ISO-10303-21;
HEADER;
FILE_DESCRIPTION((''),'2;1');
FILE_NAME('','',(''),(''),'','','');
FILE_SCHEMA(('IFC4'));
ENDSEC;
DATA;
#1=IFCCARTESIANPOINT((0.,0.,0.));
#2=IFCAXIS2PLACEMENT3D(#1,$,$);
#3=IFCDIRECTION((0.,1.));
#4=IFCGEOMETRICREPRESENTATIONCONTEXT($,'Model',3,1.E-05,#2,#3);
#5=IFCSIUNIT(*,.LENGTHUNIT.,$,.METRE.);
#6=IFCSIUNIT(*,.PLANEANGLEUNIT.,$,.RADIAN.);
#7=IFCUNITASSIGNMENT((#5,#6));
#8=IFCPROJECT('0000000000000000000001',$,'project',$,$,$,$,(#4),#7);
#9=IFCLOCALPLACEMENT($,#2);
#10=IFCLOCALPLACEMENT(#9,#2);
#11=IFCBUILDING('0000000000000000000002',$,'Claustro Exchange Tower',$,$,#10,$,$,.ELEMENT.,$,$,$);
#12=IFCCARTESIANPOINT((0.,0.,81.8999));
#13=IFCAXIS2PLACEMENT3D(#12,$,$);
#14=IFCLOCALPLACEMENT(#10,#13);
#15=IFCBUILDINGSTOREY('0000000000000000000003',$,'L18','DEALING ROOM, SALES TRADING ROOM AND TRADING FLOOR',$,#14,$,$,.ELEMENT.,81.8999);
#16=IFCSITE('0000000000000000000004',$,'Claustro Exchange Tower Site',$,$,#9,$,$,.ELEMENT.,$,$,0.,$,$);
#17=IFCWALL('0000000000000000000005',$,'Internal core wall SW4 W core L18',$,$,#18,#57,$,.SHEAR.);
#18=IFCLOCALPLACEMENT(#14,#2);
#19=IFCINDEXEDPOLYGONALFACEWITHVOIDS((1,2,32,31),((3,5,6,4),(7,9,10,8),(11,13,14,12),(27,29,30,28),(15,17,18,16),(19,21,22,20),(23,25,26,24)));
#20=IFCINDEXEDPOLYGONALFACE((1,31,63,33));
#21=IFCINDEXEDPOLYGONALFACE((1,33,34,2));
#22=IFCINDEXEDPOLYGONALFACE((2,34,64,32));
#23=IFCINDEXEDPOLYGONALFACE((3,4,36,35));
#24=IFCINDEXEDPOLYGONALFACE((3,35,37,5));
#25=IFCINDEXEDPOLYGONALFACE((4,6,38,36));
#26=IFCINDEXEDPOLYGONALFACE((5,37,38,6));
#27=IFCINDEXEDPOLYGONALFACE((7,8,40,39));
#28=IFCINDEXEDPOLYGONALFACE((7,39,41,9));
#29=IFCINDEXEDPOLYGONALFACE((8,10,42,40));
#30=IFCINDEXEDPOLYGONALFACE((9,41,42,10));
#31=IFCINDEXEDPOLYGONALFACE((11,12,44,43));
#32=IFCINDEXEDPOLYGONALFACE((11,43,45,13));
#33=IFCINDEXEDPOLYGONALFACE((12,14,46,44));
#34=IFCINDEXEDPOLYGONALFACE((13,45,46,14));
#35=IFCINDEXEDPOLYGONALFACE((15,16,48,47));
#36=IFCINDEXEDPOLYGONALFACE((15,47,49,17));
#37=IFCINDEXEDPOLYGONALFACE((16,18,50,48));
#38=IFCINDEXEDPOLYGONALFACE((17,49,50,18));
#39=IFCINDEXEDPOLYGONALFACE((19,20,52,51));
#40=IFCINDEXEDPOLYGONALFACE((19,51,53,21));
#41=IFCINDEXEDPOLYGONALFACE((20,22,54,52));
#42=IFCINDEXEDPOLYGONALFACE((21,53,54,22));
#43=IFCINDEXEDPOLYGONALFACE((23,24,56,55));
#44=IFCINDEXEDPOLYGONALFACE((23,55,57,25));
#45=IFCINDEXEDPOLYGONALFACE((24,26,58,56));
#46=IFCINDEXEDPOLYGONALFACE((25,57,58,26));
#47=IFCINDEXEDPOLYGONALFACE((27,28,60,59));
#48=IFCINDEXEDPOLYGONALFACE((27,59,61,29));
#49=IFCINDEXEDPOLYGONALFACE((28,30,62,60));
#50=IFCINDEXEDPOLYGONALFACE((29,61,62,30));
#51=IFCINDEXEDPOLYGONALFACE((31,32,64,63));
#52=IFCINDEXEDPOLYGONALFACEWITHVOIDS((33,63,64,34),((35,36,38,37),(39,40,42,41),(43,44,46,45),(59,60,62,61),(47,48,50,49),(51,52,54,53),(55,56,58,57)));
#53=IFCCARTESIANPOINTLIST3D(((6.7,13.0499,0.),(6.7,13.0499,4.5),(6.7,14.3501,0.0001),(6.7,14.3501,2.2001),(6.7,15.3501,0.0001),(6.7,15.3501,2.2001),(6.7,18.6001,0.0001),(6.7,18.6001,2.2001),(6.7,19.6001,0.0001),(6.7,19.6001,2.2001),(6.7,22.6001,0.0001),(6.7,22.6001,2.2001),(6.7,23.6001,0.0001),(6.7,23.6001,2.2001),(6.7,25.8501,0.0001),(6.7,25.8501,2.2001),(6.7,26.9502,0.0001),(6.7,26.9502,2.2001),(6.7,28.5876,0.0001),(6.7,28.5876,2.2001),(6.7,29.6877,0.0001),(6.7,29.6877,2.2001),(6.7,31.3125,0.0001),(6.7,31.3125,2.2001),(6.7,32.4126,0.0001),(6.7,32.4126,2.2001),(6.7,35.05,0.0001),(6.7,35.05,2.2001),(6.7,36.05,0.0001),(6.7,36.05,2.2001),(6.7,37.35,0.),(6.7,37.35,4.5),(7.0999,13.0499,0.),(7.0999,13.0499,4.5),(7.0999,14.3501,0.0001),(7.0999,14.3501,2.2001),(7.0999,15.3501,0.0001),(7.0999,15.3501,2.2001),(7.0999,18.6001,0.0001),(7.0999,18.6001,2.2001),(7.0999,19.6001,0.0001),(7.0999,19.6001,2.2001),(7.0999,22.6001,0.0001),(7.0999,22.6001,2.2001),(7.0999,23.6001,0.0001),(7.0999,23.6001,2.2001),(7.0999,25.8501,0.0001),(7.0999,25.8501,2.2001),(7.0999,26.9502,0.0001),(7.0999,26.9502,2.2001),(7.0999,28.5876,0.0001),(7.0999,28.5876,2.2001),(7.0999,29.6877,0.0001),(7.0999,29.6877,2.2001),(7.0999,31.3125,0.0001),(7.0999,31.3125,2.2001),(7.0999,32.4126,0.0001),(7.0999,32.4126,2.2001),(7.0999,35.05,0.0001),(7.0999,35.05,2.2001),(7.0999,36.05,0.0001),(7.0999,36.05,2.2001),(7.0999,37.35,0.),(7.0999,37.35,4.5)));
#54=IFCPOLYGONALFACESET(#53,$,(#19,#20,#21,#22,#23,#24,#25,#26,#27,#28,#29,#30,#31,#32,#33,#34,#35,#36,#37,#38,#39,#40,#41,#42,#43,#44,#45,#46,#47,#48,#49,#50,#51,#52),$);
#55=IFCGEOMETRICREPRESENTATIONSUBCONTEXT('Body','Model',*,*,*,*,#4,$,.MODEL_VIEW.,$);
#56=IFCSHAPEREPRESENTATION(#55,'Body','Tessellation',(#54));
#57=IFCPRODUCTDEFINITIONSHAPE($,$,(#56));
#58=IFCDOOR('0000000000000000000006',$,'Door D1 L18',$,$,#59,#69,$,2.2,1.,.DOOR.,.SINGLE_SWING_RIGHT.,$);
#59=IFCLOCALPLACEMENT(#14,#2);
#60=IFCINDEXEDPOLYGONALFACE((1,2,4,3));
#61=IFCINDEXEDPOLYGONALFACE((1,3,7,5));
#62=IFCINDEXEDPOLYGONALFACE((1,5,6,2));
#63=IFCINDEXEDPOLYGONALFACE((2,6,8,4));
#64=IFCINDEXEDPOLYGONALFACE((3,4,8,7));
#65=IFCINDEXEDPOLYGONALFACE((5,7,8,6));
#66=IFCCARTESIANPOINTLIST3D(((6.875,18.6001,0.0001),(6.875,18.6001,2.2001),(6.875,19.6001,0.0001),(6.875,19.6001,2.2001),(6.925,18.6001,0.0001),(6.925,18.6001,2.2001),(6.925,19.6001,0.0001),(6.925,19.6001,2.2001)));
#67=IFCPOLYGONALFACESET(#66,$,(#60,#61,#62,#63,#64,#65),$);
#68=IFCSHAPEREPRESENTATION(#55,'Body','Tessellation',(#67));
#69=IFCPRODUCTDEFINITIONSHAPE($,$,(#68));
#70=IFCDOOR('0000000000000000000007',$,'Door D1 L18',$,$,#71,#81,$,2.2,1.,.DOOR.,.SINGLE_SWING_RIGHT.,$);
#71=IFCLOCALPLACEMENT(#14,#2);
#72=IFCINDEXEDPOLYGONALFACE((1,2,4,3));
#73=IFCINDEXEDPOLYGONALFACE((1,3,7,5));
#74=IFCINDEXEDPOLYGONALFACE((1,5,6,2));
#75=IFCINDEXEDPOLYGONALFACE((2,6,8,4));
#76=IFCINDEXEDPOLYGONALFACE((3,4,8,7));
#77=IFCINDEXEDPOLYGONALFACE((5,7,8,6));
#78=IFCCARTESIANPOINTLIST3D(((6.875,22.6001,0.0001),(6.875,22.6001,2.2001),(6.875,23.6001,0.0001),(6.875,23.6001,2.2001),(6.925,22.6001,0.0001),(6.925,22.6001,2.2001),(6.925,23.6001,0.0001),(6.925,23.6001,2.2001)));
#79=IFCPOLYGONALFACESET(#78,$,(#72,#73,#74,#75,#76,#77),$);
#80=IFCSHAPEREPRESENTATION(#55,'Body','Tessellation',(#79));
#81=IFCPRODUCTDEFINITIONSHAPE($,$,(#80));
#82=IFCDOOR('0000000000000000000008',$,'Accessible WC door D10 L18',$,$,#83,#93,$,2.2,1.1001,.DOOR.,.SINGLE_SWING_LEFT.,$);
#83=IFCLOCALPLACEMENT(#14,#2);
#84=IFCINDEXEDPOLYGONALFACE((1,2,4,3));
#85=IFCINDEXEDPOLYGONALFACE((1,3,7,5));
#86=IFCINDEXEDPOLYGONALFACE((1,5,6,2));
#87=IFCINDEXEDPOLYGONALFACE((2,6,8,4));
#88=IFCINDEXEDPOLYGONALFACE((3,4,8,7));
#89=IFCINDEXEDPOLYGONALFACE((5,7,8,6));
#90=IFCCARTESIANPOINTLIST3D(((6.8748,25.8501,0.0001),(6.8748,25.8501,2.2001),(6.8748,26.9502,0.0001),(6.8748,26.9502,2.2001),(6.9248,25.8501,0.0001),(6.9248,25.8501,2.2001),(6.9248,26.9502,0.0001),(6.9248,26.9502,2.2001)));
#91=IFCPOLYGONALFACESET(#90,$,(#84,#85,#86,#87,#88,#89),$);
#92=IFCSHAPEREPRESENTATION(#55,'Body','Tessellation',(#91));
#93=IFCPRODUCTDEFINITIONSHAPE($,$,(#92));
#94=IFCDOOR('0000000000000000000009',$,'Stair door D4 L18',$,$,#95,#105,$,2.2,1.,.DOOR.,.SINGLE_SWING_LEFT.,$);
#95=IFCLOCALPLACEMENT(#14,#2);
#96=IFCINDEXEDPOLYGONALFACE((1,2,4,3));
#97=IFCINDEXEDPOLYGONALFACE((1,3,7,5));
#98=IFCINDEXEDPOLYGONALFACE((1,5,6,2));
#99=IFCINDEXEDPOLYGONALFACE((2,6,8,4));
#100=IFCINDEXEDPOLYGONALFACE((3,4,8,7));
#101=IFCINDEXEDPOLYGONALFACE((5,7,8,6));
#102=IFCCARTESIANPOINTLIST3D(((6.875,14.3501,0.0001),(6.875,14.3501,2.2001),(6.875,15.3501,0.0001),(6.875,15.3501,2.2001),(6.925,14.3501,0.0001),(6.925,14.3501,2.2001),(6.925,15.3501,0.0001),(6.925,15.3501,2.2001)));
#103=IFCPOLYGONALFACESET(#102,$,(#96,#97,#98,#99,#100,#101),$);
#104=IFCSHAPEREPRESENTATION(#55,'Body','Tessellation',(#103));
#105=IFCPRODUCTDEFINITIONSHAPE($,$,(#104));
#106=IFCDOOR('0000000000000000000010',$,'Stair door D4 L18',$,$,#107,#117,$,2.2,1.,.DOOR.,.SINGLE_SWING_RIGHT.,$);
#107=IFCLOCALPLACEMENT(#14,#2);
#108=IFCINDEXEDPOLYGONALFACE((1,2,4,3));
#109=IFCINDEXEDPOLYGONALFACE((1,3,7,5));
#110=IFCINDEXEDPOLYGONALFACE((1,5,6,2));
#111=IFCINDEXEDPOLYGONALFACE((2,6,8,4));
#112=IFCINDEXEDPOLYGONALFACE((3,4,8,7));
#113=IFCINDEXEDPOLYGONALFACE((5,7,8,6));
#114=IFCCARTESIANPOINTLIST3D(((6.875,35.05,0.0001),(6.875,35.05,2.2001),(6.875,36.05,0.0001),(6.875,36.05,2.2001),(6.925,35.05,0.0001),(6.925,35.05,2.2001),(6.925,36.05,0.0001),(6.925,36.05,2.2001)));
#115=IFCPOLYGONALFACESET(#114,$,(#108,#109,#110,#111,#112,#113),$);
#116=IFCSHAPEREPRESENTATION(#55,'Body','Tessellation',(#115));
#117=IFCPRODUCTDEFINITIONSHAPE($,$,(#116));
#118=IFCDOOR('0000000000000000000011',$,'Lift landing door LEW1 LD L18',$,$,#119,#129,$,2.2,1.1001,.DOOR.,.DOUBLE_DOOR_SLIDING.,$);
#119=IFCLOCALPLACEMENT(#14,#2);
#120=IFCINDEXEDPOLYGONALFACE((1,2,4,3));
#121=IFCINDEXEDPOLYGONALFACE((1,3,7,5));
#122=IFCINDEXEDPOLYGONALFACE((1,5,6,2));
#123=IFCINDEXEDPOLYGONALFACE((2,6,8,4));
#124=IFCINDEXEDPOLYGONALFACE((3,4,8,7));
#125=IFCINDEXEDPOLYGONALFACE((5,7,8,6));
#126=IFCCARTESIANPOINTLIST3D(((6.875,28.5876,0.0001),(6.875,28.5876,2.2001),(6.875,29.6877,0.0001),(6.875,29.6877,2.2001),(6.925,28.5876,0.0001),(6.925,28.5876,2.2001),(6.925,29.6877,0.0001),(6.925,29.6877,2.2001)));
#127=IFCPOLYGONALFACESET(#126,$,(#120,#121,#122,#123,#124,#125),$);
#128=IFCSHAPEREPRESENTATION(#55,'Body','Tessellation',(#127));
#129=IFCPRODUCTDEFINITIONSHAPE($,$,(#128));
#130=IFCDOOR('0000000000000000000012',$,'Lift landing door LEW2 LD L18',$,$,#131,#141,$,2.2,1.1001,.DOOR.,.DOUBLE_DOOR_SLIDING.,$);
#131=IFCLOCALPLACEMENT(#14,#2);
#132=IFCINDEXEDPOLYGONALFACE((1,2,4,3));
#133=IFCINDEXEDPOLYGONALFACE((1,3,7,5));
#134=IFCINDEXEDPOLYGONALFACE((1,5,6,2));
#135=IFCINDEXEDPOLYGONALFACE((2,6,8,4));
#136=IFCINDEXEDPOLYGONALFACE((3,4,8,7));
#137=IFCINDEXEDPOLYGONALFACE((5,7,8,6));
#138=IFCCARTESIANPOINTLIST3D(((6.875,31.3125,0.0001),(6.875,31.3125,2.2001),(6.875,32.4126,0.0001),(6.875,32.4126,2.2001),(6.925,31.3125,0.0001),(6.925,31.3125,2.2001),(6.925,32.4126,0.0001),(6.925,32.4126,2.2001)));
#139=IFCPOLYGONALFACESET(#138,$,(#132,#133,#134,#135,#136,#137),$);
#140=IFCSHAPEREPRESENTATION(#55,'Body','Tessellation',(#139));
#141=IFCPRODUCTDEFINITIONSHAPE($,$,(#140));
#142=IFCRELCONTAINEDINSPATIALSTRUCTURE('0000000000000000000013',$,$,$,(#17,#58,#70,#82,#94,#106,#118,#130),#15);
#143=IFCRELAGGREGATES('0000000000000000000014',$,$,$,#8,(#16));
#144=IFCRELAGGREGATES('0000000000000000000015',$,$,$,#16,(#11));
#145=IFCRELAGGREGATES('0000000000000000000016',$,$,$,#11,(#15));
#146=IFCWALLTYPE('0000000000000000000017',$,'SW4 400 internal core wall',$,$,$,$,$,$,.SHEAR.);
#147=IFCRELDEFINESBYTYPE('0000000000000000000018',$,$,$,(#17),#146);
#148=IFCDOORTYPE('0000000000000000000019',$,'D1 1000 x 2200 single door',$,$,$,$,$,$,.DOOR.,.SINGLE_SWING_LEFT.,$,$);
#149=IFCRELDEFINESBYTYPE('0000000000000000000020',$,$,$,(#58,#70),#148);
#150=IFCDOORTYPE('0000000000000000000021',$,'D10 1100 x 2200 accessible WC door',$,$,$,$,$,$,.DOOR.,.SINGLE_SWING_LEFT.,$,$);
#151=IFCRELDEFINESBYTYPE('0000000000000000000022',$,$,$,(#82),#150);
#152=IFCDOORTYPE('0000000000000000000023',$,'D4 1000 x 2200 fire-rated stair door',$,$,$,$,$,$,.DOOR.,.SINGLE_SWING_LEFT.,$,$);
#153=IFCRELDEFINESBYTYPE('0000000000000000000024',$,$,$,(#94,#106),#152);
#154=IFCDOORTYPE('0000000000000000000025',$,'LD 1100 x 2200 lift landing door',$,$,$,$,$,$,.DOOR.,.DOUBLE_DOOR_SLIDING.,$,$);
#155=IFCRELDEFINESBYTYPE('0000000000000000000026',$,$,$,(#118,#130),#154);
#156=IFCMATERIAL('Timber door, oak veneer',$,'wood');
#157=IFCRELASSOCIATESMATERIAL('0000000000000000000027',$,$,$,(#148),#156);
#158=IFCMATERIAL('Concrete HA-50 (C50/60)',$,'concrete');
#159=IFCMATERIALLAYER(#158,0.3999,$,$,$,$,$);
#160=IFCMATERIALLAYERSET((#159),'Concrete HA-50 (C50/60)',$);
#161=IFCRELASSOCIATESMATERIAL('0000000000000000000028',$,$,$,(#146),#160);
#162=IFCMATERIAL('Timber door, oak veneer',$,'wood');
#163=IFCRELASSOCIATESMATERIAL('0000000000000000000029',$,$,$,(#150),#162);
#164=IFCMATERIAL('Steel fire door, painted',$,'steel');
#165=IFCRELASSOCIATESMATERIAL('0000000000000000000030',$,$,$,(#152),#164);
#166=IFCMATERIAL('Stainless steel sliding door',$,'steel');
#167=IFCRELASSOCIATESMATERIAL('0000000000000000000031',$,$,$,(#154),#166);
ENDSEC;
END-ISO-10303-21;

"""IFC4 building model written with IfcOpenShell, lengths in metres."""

from ifc_helpers import new_model, si_unit, direction, frame, frame_2d, origin, place, context, subcontext, project, spatial, rectangle, extrude, material, layer, layer_set, type_object, element, fill, save


model = new_model("IFC4")

# Units and contexts
model_context = context("Model", 3, precision=1e-05, world=origin(), true_north=direction((0.0, 1.0)))
body_context = subcontext(model_context, "Body", "Model", "MODEL_VIEW")
ifc_project = project(units=[si_unit("LENGTHUNIT", "METRE"), si_unit("PLANEANGLEUNIT", "RADIAN")], contexts=[model_context])

# Site, building, storey
site_placement = place(None, origin())
site = spatial("IfcSite", under=ifc_project, at=site_placement, Name="Claustro Exchange Tower Site", CompositionType="ELEMENT", RefElevation=0.0)
building_placement = place(site_placement, origin())
building = spatial("IfcBuilding", under=site, at=building_placement, Name="Claustro Exchange Tower", CompositionType="ELEMENT")
storey_placement = place(building_placement, frame((0.0, 0.0, 81.8999)))
storey = spatial("IfcBuildingStorey", under=building, at=storey_placement, Name="L18", Description="DEALING ROOM, SALES TRADING ROOM AND TRADING FLOOR", CompositionType="ELEMENT", Elevation=81.8999)

# Shared definitions
ifc_material_1 = material(Name="Timber door, oak veneer", Category="wood")
door_type_1 = type_object("IfcDoorType", Name="D1 1000 x 2200 single door", OperationType="SINGLE_SWING_LEFT", PredefinedType="DOOR", material=ifc_material_1)

# Wall, openings, doors
ifc_material_2 = material(Name="Concrete HA-50 (C50/60)", Category="concrete")
ifc_layer_1 = layer(ifc_material_2, 0.3999)
ifc_layer_set_1 = layer_set([ifc_layer_1], Name="Concrete HA-50 (C50/60)")
wall_type_1 = type_object("IfcWallType", Name="SW4 400 internal core wall", PredefinedType="SHEAR", material=ifc_layer_set_1)
wall_1_placement = place(storey_placement, frame((6.8999, 13.05, 0.0), z_axis=(0.0, 0.0, 1.0), x_axis=(0.0, 1.0, 0.0)))
wall_1 = element("IfcWall", 1, at=wall_1_placement, inside=storey, type_object=wall_type_1, Name="Internal core wall SW4 W core L18", PredefinedType="SHEAR", context=body_context, shape_type="SweptSolid", body=[
    extrude(rectangle(XDim=24.3, YDim=0.3999, at=frame_2d((12.1499, 0.0))), origin(), (0.0, 0.0, 1.0), 4.5),
])
opening_1_placement = place(wall_1_placement, frame((1.3, 0.0, 0.0)))
opening_1 = element("IfcOpeningElement", 2, at=opening_1_placement, cuts=wall_1, PredefinedType="OPENING", context=body_context, shape_type="SweptSolid", body=[
    extrude(rectangle(XDim=1.0, YDim=2.2, at=frame_2d((0.5, 1.1001))), frame((0.0, 0.21, 0.0), z_axis=(0.0, -1.0, 0.0), x_axis=(1.0, 0.0, 0.0)), (0.0, 0.0, 1.0), 0.4199),
])
opening_2_placement = place(wall_1_placement, frame((22.0, 0.0, 0.0)))
opening_2 = element("IfcOpeningElement", 3, at=opening_2_placement, cuts=wall_1, PredefinedType="OPENING", context=body_context, shape_type="SweptSolid", body=[
    extrude(rectangle(XDim=1.0, YDim=2.2, at=frame_2d((0.5, 1.1001))), frame((0.0, 0.21, 0.0), z_axis=(0.0, -1.0, 0.0), x_axis=(1.0, 0.0, 0.0)), (0.0, 0.0, 1.0), 0.4199),
])
opening_3_placement = place(wall_1_placement, frame((5.55, 0.0, 0.0)))
opening_3 = element("IfcOpeningElement", 4, at=opening_3_placement, cuts=wall_1, PredefinedType="OPENING", context=body_context, shape_type="SweptSolid", body=[
    extrude(rectangle(XDim=1.0, YDim=2.2, at=frame_2d((0.5, 1.1001))), frame((0.0, 0.21, 0.0), z_axis=(0.0, -1.0, 0.0), x_axis=(1.0, 0.0, 0.0)), (0.0, 0.0, 1.0), 0.4199),
])
opening_4_placement = place(wall_1_placement, frame((9.55, 0.0, 0.0)))
opening_4 = element("IfcOpeningElement", 5, at=opening_4_placement, cuts=wall_1, PredefinedType="OPENING", context=body_context, shape_type="SweptSolid", body=[
    extrude(rectangle(XDim=1.0, YDim=2.2, at=frame_2d((0.5, 1.1001))), frame((0.0, 0.21, 0.0), z_axis=(0.0, -1.0, 0.0), x_axis=(1.0, 0.0, 0.0)), (0.0, 0.0, 1.0), 0.4199),
])
opening_5_placement = place(wall_1_placement, frame((12.8, 0.0, 0.0)))
opening_5 = element("IfcOpeningElement", 6, at=opening_5_placement, cuts=wall_1, PredefinedType="OPENING", context=body_context, shape_type="SweptSolid", body=[
    extrude(rectangle(XDim=1.1001, YDim=2.2, at=frame_2d((0.55, 1.1001))), frame((0.0, 0.21, 0.0), z_axis=(0.0, -1.0, 0.0), x_axis=(1.0, 0.0, 0.0)), (0.0, 0.0, 1.0), 0.4199),
])
opening_6_placement = place(wall_1_placement, frame((15.5376, 0.0, 0.0)))
opening_6 = element("IfcOpeningElement", 7, at=opening_6_placement, cuts=wall_1, PredefinedType="OPENING", context=body_context, shape_type="SweptSolid", body=[
    extrude(rectangle(XDim=1.1001, YDim=2.2, at=frame_2d((0.55, 1.1001))), frame((0.0, 0.21, 0.0), z_axis=(0.0, -1.0, 0.0), x_axis=(1.0, 0.0, 0.0)), (0.0, 0.0, 1.0), 0.4199),
])
opening_7_placement = place(wall_1_placement, frame((18.2625, 0.0, 0.0)))
opening_7 = element("IfcOpeningElement", 8, at=opening_7_placement, cuts=wall_1, PredefinedType="OPENING", context=body_context, shape_type="SweptSolid", body=[
    extrude(rectangle(XDim=1.1001, YDim=2.2, at=frame_2d((0.55, 1.1001))), frame((0.0, 0.21, 0.0), z_axis=(0.0, -1.0, 0.0), x_axis=(1.0, 0.0, 0.0)), (0.0, 0.0, 1.0), 0.4199),
])
door_1_placement = place(opening_3_placement, origin())
door_1 = element("IfcDoor", 9, at=door_1_placement, inside=storey, type_object=door_type_1, Name="Door D1 L18", OperationType="SINGLE_SWING_RIGHT", OverallHeight=2.2, OverallWidth=1.0, PredefinedType="DOOR", context=body_context, shape_type="SweptSolid", body=[
    extrude(rectangle(XDim=1.0, YDim=2.2, at=frame_2d((0.5, 1.1001))), frame((0.0, 0.0249, 0.0), z_axis=(0.0, -1.0, 0.0), x_axis=(1.0, 0.0, 0.0)), (0.0, 0.0, 1.0), 0.05),
])
fill(opening_3, door_1)
door_2_placement = place(opening_4_placement, origin())
door_2 = element("IfcDoor", 10, at=door_2_placement, inside=storey, type_object=door_type_1, Name="Door D1 L18", OperationType="SINGLE_SWING_RIGHT", OverallHeight=2.2, OverallWidth=1.0, PredefinedType="DOOR", context=body_context, shape_type="SweptSolid", body=[
    extrude(rectangle(XDim=1.0, YDim=2.2, at=frame_2d((0.5, 1.1001))), frame((0.0, 0.0249, 0.0), z_axis=(0.0, -1.0, 0.0), x_axis=(1.0, 0.0, 0.0)), (0.0, 0.0, 1.0), 0.05),
])
fill(opening_4, door_2)
ifc_material_3 = material(Name="Timber door, oak veneer", Category="wood")
door_type_2 = type_object("IfcDoorType", Name="D10 1100 x 2200 accessible WC door", OperationType="SINGLE_SWING_LEFT", PredefinedType="DOOR", material=ifc_material_3)
door_3_placement = place(opening_5_placement, frame((1.1001, 0.0, 0.0), z_axis=(0.0, 0.0, 1.0), x_axis=(-1.0, 0.0, 0.0)))
door_3 = element("IfcDoor", 11, at=door_3_placement, inside=storey, type_object=door_type_2, Name="Accessible WC door D10 L18", OperationType="SINGLE_SWING_LEFT", OverallHeight=2.2, OverallWidth=1.1001, PredefinedType="DOOR", context=body_context, shape_type="SweptSolid", body=[
    extrude(rectangle(XDim=1.1001, YDim=2.2, at=frame_2d((0.55, 1.1001))), frame((0.0, 0.0249, 0.0), z_axis=(0.0, -1.0, 0.0), x_axis=(1.0, 0.0, 0.0)), (0.0, 0.0, 1.0), 0.05),
])
fill(opening_5, door_3)
ifc_material_4 = material(Name="Steel fire door, painted", Category="steel")
door_type_3 = type_object("IfcDoorType", Name="D4 1000 x 2200 fire-rated stair door", OperationType="SINGLE_SWING_LEFT", PredefinedType="DOOR", material=ifc_material_4)
door_4_placement = place(opening_1_placement, origin())
door_4 = element("IfcDoor", 12, at=door_4_placement, inside=storey, type_object=door_type_3, Name="Stair door D4 L18", OperationType="SINGLE_SWING_LEFT", OverallHeight=2.2, OverallWidth=1.0, PredefinedType="DOOR", context=body_context, shape_type="SweptSolid", body=[
    extrude(rectangle(XDim=1.0, YDim=2.2, at=frame_2d((0.5, 1.1001))), frame((0.0, 0.0249, 0.0), z_axis=(0.0, -1.0, 0.0), x_axis=(1.0, 0.0, 0.0)), (0.0, 0.0, 1.0), 0.05),
])
fill(opening_1, door_4)
door_5_placement = place(opening_2_placement, origin())
door_5 = element("IfcDoor", 13, at=door_5_placement, inside=storey, type_object=door_type_3, Name="Stair door D4 L18", OperationType="SINGLE_SWING_RIGHT", OverallHeight=2.2, OverallWidth=1.0, PredefinedType="DOOR", context=body_context, shape_type="SweptSolid", body=[
    extrude(rectangle(XDim=1.0, YDim=2.2, at=frame_2d((0.5, 1.1001))), frame((0.0, 0.0249, 0.0), z_axis=(0.0, -1.0, 0.0), x_axis=(1.0, 0.0, 0.0)), (0.0, 0.0, 1.0), 0.05),
])
fill(opening_2, door_5)
ifc_material_5 = material(Name="Stainless steel sliding door", Category="steel")
door_type_4 = type_object("IfcDoorType", Name="LD 1100 x 2200 lift landing door", OperationType="DOUBLE_DOOR_SLIDING", PredefinedType="DOOR", material=ifc_material_5)
door_6_placement = place(opening_6_placement, origin())
door_6 = element("IfcDoor", 14, at=door_6_placement, inside=storey, type_object=door_type_4, Name="Lift landing door LEW1 LD L18", OperationType="DOUBLE_DOOR_SLIDING", OverallHeight=2.2, OverallWidth=1.1001, PredefinedType="DOOR", context=body_context, shape_type="SweptSolid", body=[
    extrude(rectangle(XDim=1.1001, YDim=2.2, at=frame_2d((0.55, 1.1001))), frame((0.0, 0.0249, 0.0), z_axis=(0.0, -1.0, 0.0), x_axis=(1.0, 0.0, 0.0)), (0.0, 0.0, 1.0), 0.05),
])
fill(opening_6, door_6)
door_7_placement = place(opening_7_placement, origin())
door_7 = element("IfcDoor", 15, at=door_7_placement, inside=storey, type_object=door_type_4, Name="Lift landing door LEW2 LD L18", OperationType="DOUBLE_DOOR_SLIDING", OverallHeight=2.2, OverallWidth=1.1001, PredefinedType="DOOR", context=body_context, shape_type="SweptSolid", body=[
    extrude(rectangle(XDim=1.1001, YDim=2.2, at=frame_2d((0.55, 1.1001))), frame((0.0, 0.0249, 0.0), z_axis=(0.0, -1.0, 0.0), x_axis=(1.0, 0.0, 0.0)), (0.0, 0.0, 1.0), 0.05),
])
fill(opening_7, door_7)

save(model, "model.ifc")
